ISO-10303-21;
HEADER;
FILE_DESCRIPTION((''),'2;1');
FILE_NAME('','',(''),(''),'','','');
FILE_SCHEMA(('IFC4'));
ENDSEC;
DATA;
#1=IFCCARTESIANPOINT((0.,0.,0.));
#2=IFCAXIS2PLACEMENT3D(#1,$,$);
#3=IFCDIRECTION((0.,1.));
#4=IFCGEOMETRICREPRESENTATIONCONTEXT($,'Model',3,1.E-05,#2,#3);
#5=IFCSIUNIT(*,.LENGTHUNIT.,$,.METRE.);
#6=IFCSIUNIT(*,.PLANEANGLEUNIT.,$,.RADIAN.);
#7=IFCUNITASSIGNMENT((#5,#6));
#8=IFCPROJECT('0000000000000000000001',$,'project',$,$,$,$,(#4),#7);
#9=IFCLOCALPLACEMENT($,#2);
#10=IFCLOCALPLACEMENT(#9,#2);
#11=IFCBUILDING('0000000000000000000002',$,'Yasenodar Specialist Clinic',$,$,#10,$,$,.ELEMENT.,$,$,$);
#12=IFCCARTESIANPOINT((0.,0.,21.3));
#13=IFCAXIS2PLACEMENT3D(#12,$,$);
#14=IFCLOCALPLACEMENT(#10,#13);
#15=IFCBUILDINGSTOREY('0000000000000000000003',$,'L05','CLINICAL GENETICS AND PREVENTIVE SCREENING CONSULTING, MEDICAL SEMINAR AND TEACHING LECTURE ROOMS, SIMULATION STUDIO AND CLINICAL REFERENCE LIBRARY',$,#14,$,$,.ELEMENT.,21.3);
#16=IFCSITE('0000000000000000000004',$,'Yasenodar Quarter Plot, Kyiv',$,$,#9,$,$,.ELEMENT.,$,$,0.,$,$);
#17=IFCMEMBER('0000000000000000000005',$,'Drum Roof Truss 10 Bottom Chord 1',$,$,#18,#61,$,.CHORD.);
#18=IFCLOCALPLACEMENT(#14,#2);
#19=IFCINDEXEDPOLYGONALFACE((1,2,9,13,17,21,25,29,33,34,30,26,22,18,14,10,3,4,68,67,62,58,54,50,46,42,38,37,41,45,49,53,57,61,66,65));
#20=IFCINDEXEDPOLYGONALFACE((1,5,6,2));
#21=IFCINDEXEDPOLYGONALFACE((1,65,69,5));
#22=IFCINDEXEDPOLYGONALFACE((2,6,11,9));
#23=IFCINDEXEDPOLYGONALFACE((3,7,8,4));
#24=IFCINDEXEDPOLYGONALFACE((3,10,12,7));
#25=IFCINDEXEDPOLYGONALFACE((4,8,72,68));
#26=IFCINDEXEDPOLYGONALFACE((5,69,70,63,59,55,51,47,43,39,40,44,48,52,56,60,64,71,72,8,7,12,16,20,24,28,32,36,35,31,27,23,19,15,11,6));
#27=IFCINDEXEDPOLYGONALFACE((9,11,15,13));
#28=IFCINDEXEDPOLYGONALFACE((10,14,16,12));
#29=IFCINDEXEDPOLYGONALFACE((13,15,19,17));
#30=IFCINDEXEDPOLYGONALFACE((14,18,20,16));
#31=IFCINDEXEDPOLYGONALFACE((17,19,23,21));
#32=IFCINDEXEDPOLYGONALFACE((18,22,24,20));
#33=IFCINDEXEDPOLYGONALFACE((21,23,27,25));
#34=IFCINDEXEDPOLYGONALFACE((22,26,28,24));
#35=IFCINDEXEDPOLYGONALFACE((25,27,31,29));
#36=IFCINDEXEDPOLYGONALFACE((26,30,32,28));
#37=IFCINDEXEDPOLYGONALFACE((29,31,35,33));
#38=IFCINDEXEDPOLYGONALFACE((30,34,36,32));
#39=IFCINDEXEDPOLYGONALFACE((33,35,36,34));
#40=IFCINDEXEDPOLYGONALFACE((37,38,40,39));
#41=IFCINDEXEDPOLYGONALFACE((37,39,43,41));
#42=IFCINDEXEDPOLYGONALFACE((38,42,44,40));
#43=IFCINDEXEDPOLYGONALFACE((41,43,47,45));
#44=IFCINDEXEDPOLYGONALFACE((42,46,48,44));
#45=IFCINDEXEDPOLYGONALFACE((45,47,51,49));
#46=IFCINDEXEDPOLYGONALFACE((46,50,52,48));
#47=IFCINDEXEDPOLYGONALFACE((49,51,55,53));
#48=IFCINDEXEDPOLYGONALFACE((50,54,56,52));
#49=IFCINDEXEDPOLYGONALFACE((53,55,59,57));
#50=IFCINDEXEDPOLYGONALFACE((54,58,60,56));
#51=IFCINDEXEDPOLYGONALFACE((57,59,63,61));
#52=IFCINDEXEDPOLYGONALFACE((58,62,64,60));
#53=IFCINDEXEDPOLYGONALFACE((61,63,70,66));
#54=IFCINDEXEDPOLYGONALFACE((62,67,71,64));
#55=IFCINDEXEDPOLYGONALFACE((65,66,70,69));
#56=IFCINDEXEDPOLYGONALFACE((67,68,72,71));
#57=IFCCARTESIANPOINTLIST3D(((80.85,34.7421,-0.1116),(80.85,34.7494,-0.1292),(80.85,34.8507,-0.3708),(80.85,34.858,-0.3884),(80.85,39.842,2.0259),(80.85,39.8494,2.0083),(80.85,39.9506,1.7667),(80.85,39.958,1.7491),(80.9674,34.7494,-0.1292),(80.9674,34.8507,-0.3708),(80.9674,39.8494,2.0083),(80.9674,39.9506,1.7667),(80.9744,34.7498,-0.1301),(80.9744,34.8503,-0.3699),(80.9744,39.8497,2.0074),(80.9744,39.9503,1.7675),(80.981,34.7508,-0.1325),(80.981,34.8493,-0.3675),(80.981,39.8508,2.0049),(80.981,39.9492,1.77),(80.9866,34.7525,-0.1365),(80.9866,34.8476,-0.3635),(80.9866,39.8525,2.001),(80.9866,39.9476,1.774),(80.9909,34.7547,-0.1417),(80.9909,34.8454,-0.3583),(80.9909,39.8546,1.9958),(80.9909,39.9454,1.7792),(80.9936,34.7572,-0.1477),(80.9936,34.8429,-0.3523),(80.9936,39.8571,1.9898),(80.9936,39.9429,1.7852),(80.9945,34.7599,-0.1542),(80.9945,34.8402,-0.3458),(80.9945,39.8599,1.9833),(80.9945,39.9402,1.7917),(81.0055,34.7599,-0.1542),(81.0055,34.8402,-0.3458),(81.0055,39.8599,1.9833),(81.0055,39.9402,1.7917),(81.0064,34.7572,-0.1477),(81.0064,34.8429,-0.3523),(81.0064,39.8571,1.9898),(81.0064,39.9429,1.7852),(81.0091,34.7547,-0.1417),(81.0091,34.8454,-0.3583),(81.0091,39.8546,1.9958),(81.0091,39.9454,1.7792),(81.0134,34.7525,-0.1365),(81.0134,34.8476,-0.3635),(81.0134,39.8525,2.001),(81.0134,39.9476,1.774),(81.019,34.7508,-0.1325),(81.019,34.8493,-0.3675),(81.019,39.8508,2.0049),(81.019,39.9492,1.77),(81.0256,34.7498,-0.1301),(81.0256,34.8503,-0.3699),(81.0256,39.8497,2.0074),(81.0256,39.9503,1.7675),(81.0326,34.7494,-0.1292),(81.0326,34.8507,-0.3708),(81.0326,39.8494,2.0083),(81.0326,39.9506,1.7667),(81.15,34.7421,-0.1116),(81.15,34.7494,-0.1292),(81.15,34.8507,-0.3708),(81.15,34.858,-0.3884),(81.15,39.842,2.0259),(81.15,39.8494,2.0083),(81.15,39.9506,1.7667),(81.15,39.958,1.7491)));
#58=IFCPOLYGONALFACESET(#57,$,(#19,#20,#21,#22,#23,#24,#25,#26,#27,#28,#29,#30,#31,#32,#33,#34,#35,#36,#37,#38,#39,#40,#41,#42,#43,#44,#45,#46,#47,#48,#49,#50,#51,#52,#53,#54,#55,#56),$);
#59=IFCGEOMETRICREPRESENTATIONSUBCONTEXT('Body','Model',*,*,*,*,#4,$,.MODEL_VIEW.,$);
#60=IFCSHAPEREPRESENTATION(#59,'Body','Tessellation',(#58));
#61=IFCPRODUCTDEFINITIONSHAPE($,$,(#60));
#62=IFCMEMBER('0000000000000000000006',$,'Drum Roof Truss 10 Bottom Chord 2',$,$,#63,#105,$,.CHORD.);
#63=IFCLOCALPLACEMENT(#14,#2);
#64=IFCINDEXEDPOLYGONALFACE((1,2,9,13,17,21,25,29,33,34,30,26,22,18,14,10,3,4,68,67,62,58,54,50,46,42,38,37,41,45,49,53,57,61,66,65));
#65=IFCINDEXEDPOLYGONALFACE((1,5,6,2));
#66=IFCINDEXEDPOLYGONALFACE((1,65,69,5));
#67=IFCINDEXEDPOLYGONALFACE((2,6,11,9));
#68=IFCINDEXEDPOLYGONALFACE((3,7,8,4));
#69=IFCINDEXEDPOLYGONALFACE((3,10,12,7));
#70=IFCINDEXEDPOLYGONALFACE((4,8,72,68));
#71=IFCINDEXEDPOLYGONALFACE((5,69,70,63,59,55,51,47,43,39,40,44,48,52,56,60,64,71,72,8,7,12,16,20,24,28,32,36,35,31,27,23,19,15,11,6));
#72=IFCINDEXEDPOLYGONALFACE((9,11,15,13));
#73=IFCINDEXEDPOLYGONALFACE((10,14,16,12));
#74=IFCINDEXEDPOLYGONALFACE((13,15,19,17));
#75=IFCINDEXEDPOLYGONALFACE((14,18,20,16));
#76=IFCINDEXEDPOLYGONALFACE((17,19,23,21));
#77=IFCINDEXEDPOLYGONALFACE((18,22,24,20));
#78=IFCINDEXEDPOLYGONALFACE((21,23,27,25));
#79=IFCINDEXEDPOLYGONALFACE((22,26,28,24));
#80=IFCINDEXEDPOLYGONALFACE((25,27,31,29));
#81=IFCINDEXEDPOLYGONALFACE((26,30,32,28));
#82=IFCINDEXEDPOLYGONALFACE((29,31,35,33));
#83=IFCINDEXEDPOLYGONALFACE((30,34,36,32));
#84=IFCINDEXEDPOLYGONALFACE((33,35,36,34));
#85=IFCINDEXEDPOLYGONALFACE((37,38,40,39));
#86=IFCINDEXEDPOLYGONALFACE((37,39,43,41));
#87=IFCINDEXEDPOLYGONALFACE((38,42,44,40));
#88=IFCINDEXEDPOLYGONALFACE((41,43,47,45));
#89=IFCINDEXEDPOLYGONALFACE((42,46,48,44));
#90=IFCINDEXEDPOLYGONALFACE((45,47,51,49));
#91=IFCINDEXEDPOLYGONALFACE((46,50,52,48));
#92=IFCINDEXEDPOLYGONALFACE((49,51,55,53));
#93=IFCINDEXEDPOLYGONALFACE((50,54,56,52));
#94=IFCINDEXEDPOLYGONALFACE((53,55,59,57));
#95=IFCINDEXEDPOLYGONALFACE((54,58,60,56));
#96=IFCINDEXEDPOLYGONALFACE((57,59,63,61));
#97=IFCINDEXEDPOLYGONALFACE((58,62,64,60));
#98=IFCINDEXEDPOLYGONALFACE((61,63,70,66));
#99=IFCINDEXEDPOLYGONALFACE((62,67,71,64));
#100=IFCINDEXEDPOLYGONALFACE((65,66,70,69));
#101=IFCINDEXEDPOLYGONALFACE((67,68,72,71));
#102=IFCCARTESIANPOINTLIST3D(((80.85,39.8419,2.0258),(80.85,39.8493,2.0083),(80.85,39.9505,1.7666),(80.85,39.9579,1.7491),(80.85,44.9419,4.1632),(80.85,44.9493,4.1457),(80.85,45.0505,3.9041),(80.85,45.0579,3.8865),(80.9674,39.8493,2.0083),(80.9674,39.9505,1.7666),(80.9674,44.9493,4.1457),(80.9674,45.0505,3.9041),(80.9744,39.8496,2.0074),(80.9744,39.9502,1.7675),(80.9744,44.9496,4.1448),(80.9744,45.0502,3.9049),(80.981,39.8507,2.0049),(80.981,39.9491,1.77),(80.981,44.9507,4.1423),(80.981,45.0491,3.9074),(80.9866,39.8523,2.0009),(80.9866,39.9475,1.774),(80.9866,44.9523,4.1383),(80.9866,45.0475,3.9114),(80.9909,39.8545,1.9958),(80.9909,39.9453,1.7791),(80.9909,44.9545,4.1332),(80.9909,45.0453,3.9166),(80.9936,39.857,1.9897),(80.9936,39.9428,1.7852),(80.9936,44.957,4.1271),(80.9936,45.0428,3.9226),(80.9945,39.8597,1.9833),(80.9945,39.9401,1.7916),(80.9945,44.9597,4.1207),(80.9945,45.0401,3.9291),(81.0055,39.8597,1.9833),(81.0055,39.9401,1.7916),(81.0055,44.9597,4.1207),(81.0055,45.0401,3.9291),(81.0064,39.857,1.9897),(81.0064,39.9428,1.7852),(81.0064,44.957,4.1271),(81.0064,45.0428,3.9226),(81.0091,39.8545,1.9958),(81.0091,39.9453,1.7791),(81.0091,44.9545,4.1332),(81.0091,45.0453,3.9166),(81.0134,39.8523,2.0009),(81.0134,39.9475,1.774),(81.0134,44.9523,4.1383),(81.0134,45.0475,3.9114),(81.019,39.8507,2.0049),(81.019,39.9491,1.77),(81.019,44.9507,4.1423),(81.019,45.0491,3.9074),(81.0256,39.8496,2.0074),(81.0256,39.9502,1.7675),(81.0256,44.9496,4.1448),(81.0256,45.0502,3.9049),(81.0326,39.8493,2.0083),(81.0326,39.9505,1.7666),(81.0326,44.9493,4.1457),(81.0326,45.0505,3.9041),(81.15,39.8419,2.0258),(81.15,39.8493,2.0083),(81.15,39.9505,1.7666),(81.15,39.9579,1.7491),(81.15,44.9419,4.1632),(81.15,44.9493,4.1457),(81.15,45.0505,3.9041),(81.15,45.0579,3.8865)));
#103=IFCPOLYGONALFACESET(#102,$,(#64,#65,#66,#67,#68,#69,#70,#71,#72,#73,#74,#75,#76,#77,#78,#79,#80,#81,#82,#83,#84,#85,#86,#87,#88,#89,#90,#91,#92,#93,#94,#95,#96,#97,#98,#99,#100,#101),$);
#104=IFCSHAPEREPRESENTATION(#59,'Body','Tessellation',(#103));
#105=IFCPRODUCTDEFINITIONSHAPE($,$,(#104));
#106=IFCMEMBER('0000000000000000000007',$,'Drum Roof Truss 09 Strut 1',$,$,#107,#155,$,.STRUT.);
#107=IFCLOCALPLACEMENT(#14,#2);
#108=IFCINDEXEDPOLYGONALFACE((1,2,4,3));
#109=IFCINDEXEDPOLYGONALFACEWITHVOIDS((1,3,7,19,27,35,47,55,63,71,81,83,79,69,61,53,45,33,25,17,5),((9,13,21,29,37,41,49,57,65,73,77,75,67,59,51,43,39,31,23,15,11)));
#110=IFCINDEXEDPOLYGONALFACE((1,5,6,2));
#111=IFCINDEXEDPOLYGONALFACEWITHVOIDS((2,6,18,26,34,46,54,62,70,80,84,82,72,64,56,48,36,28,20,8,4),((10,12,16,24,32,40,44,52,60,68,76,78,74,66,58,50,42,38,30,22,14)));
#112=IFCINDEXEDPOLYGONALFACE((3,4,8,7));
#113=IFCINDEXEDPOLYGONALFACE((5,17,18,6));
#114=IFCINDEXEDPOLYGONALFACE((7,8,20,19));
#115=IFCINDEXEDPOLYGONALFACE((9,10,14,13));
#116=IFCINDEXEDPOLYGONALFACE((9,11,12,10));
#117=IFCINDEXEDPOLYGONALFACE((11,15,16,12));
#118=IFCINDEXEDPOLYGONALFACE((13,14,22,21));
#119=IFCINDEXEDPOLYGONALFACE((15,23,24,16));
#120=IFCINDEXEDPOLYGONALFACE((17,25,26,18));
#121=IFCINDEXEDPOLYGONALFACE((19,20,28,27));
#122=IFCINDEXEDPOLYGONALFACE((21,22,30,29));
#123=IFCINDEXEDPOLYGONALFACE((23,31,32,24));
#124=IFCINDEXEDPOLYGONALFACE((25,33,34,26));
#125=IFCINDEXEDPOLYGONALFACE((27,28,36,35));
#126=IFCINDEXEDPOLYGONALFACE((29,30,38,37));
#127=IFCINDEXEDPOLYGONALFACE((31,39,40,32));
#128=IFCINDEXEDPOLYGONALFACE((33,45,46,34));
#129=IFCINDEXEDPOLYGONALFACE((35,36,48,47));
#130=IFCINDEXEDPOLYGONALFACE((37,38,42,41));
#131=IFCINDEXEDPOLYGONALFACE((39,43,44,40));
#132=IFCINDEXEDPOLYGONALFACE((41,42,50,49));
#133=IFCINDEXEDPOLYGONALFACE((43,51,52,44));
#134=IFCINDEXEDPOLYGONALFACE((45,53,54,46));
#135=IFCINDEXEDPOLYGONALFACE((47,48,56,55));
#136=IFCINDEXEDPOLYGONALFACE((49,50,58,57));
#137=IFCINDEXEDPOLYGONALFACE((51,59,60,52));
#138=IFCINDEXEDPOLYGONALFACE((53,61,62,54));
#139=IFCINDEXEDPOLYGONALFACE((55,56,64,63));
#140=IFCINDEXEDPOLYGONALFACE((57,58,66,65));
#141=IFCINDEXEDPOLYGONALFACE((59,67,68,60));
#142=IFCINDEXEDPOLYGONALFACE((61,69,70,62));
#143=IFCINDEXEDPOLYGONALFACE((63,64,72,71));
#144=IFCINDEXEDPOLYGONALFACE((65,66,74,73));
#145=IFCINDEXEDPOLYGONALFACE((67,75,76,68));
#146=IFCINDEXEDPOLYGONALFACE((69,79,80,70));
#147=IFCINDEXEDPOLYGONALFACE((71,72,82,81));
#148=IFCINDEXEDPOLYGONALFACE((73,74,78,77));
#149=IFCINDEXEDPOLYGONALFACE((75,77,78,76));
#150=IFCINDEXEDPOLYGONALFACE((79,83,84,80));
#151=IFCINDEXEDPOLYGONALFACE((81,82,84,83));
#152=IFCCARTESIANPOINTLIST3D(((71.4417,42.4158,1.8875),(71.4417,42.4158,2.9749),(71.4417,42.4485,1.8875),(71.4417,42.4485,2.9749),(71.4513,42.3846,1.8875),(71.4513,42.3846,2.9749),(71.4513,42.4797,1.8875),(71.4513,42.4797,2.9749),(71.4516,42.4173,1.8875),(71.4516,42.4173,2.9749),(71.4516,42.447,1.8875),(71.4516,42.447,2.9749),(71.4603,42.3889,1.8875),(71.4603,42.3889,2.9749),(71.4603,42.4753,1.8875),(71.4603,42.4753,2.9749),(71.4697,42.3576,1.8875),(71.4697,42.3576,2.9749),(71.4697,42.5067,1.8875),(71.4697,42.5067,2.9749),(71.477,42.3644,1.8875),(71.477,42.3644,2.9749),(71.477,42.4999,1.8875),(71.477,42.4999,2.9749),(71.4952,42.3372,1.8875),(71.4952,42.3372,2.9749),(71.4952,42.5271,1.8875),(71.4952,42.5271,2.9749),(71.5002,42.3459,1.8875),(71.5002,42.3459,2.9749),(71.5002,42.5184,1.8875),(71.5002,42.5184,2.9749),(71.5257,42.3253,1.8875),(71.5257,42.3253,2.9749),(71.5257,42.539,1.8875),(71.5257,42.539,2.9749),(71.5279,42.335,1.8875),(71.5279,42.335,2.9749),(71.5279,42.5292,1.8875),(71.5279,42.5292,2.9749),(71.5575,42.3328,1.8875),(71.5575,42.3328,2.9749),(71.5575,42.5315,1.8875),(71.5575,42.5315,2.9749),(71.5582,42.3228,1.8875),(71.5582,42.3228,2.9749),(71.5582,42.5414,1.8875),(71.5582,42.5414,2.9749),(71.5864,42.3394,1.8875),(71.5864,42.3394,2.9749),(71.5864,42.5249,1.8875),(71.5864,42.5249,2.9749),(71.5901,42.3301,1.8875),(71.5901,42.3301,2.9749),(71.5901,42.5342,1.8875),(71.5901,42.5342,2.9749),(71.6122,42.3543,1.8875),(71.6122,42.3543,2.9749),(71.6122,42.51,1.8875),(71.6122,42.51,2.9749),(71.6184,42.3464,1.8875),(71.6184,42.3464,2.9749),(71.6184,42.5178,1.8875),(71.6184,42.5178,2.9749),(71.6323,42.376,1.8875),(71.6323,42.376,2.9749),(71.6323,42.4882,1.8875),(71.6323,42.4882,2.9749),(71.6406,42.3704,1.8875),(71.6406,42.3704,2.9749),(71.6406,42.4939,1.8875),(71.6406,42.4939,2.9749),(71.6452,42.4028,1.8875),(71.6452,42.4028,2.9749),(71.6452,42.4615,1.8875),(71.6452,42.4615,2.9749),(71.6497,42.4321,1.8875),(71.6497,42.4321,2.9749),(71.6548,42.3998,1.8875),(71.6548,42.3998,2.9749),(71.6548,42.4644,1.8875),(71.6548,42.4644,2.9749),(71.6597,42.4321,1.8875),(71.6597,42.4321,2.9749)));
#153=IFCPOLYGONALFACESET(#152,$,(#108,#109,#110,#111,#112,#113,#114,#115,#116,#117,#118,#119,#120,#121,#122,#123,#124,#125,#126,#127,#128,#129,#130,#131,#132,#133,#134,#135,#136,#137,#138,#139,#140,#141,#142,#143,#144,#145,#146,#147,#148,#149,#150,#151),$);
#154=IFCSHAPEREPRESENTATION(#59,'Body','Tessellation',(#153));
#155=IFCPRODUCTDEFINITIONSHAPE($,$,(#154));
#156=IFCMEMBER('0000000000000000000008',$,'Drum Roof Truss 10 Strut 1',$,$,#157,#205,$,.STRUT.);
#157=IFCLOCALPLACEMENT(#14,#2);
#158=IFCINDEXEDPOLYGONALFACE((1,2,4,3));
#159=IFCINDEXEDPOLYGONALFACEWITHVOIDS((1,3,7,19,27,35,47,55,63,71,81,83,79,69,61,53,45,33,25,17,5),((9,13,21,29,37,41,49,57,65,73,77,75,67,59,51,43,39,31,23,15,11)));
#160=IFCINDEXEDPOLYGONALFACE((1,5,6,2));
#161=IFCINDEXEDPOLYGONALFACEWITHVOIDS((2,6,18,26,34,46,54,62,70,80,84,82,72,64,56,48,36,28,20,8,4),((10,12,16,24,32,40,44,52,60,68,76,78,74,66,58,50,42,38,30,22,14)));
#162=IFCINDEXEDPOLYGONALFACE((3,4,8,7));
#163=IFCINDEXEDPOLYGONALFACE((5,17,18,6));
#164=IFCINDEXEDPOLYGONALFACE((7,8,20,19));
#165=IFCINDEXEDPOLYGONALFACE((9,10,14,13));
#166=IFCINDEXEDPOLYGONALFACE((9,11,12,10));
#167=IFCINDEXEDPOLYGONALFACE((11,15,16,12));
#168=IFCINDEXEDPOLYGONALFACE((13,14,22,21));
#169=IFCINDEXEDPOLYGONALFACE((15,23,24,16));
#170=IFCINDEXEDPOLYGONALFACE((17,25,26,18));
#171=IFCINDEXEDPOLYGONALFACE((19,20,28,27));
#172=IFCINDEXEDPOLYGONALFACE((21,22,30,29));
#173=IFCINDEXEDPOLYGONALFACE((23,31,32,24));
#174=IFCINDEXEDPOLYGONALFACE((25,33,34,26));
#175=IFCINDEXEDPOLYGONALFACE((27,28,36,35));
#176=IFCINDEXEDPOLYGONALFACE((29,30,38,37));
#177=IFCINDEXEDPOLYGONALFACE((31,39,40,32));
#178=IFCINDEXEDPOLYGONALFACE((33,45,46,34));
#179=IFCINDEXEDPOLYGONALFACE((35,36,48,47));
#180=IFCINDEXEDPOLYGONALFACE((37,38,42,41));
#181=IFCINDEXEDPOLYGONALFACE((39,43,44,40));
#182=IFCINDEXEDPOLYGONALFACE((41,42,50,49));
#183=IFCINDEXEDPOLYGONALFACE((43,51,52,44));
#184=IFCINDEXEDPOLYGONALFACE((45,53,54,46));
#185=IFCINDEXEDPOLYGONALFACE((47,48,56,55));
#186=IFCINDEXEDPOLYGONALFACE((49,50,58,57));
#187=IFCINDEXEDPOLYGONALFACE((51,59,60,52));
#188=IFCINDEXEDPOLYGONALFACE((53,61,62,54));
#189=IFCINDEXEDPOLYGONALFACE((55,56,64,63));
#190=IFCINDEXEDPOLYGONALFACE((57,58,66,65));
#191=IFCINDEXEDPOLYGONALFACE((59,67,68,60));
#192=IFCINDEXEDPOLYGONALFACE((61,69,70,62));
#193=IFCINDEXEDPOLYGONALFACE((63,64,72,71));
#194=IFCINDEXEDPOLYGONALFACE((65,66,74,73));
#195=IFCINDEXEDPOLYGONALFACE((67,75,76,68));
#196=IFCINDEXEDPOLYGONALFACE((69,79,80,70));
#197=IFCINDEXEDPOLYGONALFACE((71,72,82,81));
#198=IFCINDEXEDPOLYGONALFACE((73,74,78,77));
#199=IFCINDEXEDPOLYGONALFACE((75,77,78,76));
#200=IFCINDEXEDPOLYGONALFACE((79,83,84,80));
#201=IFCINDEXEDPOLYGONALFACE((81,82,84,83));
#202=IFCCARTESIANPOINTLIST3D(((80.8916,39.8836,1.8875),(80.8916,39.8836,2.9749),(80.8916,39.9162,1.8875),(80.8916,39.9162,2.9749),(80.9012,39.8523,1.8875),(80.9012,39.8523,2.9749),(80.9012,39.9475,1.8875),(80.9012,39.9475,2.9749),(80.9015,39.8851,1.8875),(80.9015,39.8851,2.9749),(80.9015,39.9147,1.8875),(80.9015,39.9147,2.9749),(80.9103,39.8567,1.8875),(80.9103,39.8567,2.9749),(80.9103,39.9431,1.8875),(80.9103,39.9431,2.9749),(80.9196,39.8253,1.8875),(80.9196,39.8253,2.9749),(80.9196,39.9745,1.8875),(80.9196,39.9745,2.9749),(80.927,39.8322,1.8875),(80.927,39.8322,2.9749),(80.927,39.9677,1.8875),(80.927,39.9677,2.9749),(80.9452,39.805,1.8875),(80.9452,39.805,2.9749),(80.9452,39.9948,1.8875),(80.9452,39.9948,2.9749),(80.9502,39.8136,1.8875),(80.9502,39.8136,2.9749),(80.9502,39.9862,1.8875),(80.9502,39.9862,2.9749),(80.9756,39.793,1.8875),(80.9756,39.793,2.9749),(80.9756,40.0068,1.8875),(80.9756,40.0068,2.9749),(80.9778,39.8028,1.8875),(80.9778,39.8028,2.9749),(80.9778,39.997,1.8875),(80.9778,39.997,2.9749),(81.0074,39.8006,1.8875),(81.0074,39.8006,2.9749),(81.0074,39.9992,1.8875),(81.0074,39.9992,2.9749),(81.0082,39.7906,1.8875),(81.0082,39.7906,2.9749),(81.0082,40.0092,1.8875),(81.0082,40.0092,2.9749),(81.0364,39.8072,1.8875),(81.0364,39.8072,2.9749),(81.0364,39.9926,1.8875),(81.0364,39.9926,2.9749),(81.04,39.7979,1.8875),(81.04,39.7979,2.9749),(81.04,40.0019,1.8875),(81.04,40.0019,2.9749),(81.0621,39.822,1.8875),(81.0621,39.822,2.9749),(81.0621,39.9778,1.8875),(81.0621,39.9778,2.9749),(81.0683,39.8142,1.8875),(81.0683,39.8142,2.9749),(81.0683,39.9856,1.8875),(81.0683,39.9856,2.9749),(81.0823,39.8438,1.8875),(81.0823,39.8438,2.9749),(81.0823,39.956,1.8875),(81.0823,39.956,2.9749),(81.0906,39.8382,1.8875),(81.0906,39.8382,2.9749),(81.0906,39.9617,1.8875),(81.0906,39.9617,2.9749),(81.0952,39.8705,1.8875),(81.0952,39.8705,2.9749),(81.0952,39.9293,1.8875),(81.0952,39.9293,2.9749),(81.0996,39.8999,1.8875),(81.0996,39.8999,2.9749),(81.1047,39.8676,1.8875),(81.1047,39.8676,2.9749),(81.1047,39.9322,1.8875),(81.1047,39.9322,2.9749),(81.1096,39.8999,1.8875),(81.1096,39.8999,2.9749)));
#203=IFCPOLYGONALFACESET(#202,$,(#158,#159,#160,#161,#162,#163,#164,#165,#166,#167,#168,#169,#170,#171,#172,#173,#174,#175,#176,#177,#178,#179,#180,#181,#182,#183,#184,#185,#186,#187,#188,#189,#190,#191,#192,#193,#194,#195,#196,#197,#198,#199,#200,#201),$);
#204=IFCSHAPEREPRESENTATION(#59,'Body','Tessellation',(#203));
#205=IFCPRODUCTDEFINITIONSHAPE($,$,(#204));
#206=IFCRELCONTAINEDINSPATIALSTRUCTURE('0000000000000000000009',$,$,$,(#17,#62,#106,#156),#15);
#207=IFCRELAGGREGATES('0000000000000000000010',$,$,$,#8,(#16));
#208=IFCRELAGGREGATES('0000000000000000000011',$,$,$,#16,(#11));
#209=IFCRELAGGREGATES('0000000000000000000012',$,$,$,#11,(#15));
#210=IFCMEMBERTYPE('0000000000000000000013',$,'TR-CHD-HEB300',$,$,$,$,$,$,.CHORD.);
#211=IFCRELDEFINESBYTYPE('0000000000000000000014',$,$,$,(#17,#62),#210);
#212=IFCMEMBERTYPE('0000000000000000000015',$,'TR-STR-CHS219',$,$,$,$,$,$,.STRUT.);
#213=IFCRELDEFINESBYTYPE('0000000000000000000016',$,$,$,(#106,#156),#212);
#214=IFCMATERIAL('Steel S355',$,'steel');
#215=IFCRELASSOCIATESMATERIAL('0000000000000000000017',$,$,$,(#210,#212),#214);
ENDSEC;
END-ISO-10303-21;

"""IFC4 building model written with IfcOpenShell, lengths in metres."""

from ifc_helpers import new_model, si_unit, direction, frame, origin, origin_2d, place, context, subcontext, project, spatial, hollow_circle, i_section, extrude, material, material_profile, profile_set, type_object, element, save


model = new_model("IFC4")

# Units and contexts
model_context = context("Model", 3, precision=1e-05, world=origin(), true_north=direction((0.0, 1.0)))
body_context = subcontext(model_context, "Body", "Model", "MODEL_VIEW")
ifc_project = project(units=[si_unit("LENGTHUNIT", "METRE"), si_unit("PLANEANGLEUNIT", "RADIAN")], contexts=[model_context])

# Site, building, storey
site_placement = place(None, origin())
site = spatial("IfcSite", under=ifc_project, at=site_placement, Name="Yasenodar Quarter Plot, Kyiv", CompositionType="ELEMENT", RefElevation=0.0)
building_placement = place(site_placement, origin())
building = spatial("IfcBuilding", under=site, at=building_placement, Name="Yasenodar Specialist Clinic", CompositionType="ELEMENT")
storey_placement = place(building_placement, frame((0.0, 0.0, 21.3)))
storey = spatial("IfcBuildingStorey", under=building, at=storey_placement, Name="L05", Description="CLINICAL GENETICS AND PREVENTIVE SCREENING CONSULTING, MEDICAL SEMINAR AND TEACHING LECTURE ROOMS, SIMULATION STUDIO AND CLINICAL REFERENCE LIBRARY", CompositionType="ELEMENT", Elevation=21.3)

# Members
ifc_material = material(Name="Steel S355", Category="steel")
ifc_material_profile_1 = material_profile(ifc_material, i_section(OverallWidth=0.3, OverallDepth=0.3, WebThickness=0.011, FlangeThickness=0.019, FilletRadius=0.0271, at=origin_2d()), Name="HEB 300")
ifc_profile_set_1 = profile_set([ifc_material_profile_1], Name="Steel S355")
member_type_1 = type_object("IfcMemberType", Name="TR-CHD-HEB300", PredefinedType="CHORD", material=ifc_profile_set_1)
for number, where, z_axis, x_axis, name in (
    (1, (81.0, 34.8, -0.25), (0.0, 0.922272, 0.386543), (-1.0, 0.0, 0.0), "Drum Roof Truss 10 Bottom Chord 1"),
    (2, (81.0, 39.8999, 1.8875), (0.0, 0.922278, 0.386527), (-1.0, 0.0, 0.0), "Drum Roof Truss 10 Bottom Chord 2"),
):
    element("IfcMember", number, at=place(storey_placement, frame(where, z_axis=z_axis, x_axis=x_axis)), inside=storey, type_object=member_type_1, Name=name, PredefinedType="CHORD", context=body_context, shape_type="SweptSolid", body=[
        extrude(i_section(OverallWidth=0.3, OverallDepth=0.3, WebThickness=0.011, FlangeThickness=0.019, FilletRadius=0.0271, at=origin_2d()), origin(), (0.0, 0.0, 1.0), 5.5298),
    ])
ifc_material_profile_2 = material_profile(ifc_material, hollow_circle(Radius=0.1096, WallThickness=0.01, at=origin_2d()), Name="CHS 219.1x10")
ifc_profile_set_2 = profile_set([ifc_material_profile_2], Name="Steel S355")
member_type_2 = type_object("IfcMemberType", Name="TR-STR-CHS219", PredefinedType="STRUT", material=ifc_profile_set_2)
for number, where, z_axis, x_axis, name in (
    (3, (71.55, 42.4321, 1.8875), (0.0, 0.0, 1.0), (1.0, 0.0, 0.0), "Drum Roof Truss 09 Strut 1"),
    (4, (81.0, 39.8999, 1.8875), (0.0, 0.0, 1.0), (1.0, 0.0, 0.0), "Drum Roof Truss 10 Strut 1"),
):
    element("IfcMember", number, at=place(storey_placement, frame(where, z_axis=z_axis, x_axis=x_axis)), inside=storey, type_object=member_type_2, Name=name, PredefinedType="STRUT", context=body_context, shape_type="SweptSolid", body=[
        extrude(hollow_circle(Radius=0.1096, WallThickness=0.01, at=origin_2d()), origin(), (0.0, 0.0, 1.0), 1.0874),
    ])

save(model, "model.ifc")
